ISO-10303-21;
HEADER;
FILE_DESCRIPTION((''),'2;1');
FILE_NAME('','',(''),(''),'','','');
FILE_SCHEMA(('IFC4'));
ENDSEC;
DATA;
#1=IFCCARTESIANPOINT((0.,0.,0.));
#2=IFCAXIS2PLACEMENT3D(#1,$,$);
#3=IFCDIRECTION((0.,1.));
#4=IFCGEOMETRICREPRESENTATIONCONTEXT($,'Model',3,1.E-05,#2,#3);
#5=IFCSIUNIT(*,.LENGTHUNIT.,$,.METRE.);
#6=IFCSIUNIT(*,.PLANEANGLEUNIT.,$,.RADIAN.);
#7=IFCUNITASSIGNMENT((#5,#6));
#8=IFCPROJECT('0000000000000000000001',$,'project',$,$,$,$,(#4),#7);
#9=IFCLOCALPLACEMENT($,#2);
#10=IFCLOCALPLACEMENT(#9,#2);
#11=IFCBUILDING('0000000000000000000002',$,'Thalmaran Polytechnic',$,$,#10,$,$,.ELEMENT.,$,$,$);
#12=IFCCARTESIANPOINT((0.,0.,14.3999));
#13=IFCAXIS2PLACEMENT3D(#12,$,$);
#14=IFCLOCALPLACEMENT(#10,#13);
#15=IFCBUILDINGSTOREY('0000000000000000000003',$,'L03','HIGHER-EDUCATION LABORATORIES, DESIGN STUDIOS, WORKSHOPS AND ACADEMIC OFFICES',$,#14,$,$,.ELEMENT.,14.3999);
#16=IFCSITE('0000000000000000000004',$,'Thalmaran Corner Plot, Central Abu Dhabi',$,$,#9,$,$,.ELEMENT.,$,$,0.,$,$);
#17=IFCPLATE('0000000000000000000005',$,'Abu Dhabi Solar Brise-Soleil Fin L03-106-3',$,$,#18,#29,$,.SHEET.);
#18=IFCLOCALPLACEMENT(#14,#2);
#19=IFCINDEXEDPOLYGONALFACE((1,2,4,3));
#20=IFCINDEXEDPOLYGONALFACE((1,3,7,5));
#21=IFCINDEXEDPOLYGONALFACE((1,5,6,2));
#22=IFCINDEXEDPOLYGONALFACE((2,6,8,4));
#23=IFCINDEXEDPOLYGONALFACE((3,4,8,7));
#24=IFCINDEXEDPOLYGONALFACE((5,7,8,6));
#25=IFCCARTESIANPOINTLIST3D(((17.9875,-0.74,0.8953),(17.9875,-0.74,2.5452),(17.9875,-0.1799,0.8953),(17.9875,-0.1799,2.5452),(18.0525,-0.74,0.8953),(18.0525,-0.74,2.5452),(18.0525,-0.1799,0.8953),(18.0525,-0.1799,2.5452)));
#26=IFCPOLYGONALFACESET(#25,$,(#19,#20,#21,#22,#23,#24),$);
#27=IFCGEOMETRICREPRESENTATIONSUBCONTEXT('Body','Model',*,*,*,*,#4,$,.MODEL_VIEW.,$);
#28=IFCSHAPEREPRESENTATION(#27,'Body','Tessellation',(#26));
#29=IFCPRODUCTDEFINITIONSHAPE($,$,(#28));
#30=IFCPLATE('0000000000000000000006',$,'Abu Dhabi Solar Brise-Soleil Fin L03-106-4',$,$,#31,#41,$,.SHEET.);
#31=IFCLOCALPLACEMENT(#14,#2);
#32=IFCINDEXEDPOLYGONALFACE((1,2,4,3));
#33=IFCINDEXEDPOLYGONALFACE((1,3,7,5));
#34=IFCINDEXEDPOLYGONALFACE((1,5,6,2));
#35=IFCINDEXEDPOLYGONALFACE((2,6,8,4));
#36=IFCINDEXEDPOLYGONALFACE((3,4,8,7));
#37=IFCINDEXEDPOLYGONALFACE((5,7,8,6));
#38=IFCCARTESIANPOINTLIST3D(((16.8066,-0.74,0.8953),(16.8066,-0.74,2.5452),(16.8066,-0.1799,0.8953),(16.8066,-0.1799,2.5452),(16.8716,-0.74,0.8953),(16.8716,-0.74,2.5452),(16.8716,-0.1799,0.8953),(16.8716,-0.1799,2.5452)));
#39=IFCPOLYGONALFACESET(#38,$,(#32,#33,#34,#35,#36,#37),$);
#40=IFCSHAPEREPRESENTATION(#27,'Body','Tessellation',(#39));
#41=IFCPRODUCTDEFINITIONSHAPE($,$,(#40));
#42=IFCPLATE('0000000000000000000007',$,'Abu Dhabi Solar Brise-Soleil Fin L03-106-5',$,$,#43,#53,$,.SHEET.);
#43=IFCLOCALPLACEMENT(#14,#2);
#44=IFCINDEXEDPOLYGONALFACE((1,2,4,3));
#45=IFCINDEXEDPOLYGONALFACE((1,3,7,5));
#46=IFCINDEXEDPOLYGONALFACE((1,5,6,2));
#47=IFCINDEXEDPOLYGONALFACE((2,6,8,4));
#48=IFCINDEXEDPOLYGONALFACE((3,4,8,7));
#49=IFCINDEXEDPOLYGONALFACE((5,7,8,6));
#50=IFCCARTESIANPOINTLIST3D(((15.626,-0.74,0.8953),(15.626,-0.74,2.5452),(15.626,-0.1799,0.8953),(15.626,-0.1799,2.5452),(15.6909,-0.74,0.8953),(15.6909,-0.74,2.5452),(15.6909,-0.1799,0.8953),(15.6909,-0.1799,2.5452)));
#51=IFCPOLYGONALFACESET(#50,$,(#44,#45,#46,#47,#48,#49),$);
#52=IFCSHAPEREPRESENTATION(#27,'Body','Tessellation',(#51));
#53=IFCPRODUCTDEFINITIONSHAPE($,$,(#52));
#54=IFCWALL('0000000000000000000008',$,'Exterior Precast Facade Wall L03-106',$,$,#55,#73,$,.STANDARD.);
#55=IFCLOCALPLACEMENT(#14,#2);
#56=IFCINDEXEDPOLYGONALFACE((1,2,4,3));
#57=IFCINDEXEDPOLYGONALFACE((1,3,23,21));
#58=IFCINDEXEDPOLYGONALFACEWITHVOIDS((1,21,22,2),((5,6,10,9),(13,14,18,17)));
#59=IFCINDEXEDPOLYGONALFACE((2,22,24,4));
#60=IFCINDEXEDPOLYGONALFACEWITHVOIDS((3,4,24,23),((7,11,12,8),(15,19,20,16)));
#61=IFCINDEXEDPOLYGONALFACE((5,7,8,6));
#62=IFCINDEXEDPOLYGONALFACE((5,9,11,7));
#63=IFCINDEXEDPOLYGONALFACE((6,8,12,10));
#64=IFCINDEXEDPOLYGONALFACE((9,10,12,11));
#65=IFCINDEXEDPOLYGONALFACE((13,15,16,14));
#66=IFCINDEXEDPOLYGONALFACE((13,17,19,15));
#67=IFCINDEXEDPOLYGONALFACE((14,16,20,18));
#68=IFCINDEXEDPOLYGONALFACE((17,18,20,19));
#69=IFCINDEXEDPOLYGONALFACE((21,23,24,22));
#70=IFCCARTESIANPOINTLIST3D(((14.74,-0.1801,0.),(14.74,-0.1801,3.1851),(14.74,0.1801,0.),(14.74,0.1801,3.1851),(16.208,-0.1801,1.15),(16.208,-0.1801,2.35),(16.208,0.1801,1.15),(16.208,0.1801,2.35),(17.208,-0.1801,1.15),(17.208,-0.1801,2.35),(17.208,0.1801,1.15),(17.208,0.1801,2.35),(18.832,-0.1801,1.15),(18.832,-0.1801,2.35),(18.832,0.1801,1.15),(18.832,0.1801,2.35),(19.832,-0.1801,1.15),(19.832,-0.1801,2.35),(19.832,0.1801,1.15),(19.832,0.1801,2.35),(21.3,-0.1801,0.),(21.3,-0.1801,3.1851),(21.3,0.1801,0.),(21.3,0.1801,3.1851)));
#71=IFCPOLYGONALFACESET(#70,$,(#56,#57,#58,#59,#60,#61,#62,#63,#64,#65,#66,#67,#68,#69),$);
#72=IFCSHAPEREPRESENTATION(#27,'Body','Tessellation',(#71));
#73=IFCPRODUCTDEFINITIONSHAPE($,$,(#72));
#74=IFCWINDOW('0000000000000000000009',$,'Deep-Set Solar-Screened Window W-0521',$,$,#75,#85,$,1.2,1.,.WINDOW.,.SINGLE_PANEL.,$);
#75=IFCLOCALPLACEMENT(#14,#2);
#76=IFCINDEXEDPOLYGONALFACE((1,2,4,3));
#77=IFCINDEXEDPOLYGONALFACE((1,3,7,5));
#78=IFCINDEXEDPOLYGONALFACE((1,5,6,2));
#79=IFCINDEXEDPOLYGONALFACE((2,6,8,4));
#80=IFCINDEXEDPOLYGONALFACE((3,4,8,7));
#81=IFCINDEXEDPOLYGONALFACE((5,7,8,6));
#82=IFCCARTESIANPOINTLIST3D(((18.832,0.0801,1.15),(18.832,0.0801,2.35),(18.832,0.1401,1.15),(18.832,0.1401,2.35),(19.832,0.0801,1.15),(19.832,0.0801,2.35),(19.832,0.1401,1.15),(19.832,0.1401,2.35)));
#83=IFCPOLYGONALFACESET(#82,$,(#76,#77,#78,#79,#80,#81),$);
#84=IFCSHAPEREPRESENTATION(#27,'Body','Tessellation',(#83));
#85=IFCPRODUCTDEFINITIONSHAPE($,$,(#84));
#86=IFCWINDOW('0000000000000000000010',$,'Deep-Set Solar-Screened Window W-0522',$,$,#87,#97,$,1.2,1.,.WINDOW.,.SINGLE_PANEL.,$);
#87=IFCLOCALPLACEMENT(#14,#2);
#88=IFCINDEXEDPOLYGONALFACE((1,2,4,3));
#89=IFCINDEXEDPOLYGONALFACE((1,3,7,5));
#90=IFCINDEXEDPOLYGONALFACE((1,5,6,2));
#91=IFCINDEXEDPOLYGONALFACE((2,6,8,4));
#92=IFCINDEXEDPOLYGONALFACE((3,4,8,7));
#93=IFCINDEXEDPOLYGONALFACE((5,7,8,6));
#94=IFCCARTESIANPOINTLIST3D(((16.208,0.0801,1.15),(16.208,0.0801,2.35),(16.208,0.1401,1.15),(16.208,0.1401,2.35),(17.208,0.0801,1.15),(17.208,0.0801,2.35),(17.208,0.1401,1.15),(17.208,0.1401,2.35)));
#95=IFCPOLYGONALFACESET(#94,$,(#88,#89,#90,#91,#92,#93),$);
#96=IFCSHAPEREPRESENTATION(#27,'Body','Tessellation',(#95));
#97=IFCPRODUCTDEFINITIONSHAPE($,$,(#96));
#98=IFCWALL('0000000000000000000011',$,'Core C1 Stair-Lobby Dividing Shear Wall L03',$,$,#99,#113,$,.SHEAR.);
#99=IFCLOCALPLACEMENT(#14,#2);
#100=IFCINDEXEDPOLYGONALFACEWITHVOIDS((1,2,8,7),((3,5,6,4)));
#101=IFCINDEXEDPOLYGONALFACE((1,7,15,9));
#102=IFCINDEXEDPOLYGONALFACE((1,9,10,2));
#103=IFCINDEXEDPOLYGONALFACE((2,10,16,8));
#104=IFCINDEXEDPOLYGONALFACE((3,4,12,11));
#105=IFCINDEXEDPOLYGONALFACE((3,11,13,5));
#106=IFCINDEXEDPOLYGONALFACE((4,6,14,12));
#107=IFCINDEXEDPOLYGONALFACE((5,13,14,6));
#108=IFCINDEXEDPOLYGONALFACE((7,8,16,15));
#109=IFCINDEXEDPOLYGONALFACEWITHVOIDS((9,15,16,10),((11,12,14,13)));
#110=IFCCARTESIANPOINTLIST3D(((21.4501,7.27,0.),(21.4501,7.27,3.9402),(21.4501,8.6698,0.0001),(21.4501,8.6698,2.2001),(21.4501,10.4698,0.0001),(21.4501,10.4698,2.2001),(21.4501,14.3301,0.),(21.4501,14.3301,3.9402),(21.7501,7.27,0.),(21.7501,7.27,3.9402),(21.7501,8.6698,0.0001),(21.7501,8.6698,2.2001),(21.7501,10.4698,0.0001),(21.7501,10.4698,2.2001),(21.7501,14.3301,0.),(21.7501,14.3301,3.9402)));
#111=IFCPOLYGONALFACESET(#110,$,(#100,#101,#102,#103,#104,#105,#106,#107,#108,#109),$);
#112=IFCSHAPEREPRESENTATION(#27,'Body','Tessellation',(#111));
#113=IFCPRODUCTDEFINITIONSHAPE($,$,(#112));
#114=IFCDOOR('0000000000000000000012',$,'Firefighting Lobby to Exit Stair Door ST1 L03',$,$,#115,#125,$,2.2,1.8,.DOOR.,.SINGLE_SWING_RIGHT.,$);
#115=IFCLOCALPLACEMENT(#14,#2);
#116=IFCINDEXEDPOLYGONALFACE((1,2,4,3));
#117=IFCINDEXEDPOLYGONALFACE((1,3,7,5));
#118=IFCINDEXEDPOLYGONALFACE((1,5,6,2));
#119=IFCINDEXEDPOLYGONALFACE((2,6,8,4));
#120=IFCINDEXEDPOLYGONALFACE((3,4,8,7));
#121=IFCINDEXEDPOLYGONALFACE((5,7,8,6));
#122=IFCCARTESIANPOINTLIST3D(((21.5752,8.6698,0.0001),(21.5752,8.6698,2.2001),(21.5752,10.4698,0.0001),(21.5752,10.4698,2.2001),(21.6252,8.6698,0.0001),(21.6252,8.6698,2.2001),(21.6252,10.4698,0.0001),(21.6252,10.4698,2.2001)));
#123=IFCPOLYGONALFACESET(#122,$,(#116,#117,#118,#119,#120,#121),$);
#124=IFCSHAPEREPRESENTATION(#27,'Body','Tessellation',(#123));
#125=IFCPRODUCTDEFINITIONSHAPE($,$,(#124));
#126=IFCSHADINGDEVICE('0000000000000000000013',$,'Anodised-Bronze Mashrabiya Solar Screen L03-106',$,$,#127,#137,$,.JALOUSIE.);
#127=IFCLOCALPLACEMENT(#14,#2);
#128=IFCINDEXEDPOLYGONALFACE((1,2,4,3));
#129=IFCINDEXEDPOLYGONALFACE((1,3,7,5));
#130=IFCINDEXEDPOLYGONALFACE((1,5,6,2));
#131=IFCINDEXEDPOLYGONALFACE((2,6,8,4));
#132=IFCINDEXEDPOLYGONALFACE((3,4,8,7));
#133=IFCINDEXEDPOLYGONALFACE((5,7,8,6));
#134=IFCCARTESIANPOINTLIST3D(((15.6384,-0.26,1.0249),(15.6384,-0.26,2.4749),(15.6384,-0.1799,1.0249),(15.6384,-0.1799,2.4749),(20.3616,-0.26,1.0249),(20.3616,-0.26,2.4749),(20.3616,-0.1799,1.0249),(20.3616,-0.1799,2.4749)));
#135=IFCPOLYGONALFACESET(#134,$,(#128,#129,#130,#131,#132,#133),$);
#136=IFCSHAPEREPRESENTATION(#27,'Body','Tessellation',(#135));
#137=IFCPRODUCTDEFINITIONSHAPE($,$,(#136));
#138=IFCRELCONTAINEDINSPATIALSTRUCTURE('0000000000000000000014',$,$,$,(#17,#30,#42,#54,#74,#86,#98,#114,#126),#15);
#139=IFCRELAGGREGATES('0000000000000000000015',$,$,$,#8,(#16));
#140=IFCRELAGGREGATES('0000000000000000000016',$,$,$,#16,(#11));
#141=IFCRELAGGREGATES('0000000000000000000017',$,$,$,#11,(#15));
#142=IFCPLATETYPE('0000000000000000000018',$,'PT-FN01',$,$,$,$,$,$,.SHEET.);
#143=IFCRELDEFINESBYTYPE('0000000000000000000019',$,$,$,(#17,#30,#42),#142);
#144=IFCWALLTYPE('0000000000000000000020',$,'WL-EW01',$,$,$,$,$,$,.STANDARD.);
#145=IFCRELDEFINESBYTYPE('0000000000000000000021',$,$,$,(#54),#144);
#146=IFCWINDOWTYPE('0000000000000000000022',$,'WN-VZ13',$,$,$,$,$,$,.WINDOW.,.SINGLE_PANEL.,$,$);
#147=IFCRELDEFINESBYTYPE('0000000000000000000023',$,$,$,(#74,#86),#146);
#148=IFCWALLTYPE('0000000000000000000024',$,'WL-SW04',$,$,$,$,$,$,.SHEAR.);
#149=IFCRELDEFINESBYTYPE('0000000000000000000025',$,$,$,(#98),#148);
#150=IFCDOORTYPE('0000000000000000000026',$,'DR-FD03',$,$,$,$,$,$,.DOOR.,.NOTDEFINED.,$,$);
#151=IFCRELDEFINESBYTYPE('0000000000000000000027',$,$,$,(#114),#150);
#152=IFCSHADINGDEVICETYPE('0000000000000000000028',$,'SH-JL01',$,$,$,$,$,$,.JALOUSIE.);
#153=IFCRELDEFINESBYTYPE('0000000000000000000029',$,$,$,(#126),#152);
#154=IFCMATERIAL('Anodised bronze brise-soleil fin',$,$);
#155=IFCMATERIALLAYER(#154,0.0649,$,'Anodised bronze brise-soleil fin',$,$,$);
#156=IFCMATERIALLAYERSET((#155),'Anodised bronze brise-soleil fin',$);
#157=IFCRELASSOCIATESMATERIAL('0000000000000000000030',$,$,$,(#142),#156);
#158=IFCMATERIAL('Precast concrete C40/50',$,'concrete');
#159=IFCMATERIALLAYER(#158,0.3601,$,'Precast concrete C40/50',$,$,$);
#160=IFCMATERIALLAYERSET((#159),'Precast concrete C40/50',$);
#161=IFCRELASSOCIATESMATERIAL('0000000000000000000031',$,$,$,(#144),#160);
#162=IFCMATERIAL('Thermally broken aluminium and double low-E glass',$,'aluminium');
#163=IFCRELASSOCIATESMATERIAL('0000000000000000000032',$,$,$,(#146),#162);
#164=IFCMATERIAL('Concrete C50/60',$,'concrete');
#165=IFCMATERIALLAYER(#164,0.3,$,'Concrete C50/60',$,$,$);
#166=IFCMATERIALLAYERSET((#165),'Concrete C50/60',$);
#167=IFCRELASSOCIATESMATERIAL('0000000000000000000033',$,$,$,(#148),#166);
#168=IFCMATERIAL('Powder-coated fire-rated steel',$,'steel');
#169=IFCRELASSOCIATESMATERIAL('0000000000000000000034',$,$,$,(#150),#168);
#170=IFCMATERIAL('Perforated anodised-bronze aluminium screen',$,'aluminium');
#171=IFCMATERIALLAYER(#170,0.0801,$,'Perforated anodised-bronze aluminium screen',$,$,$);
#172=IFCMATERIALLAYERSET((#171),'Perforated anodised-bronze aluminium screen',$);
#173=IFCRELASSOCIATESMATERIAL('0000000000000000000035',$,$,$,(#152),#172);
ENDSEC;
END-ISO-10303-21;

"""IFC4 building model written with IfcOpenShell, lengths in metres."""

from ifc_helpers import new_model, si_unit, direction, frame, frame_2d, origin, origin_2d, place, context, subcontext, project, spatial, rectangle, extrude, material, layer, layer_set, type_object, element, fill, save


model = new_model("IFC4")

# Units and contexts
model_context = context("Model", 3, precision=1e-05, world=origin(), true_north=direction((0.0, 1.0)))
body_context = subcontext(model_context, "Body", "Model", "MODEL_VIEW")
ifc_project = project(units=[si_unit("LENGTHUNIT", "METRE"), si_unit("PLANEANGLEUNIT", "RADIAN")], contexts=[model_context])

# Site, building, storey
site_placement = place(None, origin())
site = spatial("IfcSite", under=ifc_project, at=site_placement, Name="Thalmaran Corner Plot, Central Abu Dhabi", CompositionType="ELEMENT", RefElevation=0.0)
building_placement = place(site_placement, origin())
building = spatial("IfcBuilding", under=site, at=building_placement, Name="Thalmaran Polytechnic", CompositionType="ELEMENT")
storey_placement = place(building_placement, frame((0.0, 0.0, 14.3999)))
storey = spatial("IfcBuildingStorey", under=building, at=storey_placement, Name="L03", Description="HIGHER-EDUCATION LABORATORIES, DESIGN STUDIOS, WORKSHOPS AND ACADEMIC OFFICES", CompositionType="ELEMENT", Elevation=14.3999)

# Plates
ifc_material_1 = material(Name="Anodised bronze brise-soleil fin")
ifc_layer_1 = layer(ifc_material_1, 0.0649, Name="Anodised bronze brise-soleil fin")
ifc_layer_set_1 = layer_set([ifc_layer_1], Name="Anodised bronze brise-soleil fin")
plate_type_1 = type_object("IfcPlateType", Name="PT-FN01", PredefinedType="SHEET", material=ifc_layer_set_1)
for number, where, z_axis, x_axis, name in (
    (1, (18.02, -0.46, 0.8953), (0.0, 0.0, 1.0), (-1.0, 0.0, 0.0), "Abu Dhabi Solar Brise-Soleil Fin L03-106-3"),
    (2, (16.8391, -0.46, 0.8953), (0.0, 0.0, 1.0), (-1.0, 0.0, 0.0), "Abu Dhabi Solar Brise-Soleil Fin L03-106-4"),
    (3, (15.6584, -0.46, 0.8953), (0.0, 0.0, 1.0), (-1.0, 0.0, 0.0), "Abu Dhabi Solar Brise-Soleil Fin L03-106-5"),
):
    element("IfcPlate", number, at=place(storey_placement, frame(where, z_axis=z_axis, x_axis=x_axis)), inside=storey, type_object=plate_type_1, Name=name, PredefinedType="SHEET", context=body_context, shape_type="SweptSolid", body=[
        extrude(rectangle(XDim=0.0649, YDim=0.5601, at=origin_2d()), origin(), (0.0, 0.0, 1.0), 1.6499),
    ])

# Wall, openings, windows
ifc_material_2 = material(Name="Precast concrete C40/50", Category="concrete")
ifc_layer_2 = layer(ifc_material_2, 0.3601, Name="Precast concrete C40/50")
ifc_layer_set_2 = layer_set([ifc_layer_2], Name="Precast concrete C40/50")
wall_type_1 = type_object("IfcWallType", Name="WL-EW01", PredefinedType="STANDARD", material=ifc_layer_set_2)
wall_1_placement = place(storey_placement, frame((21.3, 0.0, 0.0), z_axis=(0.0, 0.0, 1.0), x_axis=(-1.0, 0.0, 0.0)))
wall_1 = element("IfcWall", 4, at=wall_1_placement, inside=storey, type_object=wall_type_1, Name="Exterior Precast Facade Wall L03-106", PredefinedType="STANDARD", context=body_context, shape_type="SweptSolid", body=[
    extrude(rectangle(XDim=6.5601, YDim=0.3601, at=frame_2d((3.28, 0.0))), origin(), (0.0, 0.0, 1.0), 3.1851),
])
opening_1_placement = place(wall_1_placement, frame((1.468, 0.0, 1.1499)))
opening_1 = element("IfcOpeningElement", 5, at=opening_1_placement, cuts=wall_1, PredefinedType="OPENING", context=body_context, shape_type="SweptSolid", body=[
    extrude(rectangle(XDim=1.0, YDim=1.2, at=frame_2d((0.5, 0.6001))), frame((0.0, 0.1899, 0.0), z_axis=(0.0, -1.0, 0.0), x_axis=(1.0, 0.0, 0.0)), (0.0, 0.0, 1.0), 0.3801),
])
opening_2_placement = place(wall_1_placement, frame((4.092, 0.0, 1.1499)))
opening_2 = element("IfcOpeningElement", 6, at=opening_2_placement, cuts=wall_1, PredefinedType="OPENING", context=body_context, shape_type="SweptSolid", body=[
    extrude(rectangle(XDim=1.0, YDim=1.2, at=frame_2d((0.5, 0.6001))), frame((0.0, 0.1899, 0.0), z_axis=(0.0, -1.0, 0.0), x_axis=(1.0, 0.0, 0.0)), (0.0, 0.0, 1.0), 0.3801),
])
ifc_material_3 = material(Name="Thermally broken aluminium and double low-E glass", Category="aluminium")
window_type = type_object("IfcWindowType", Name="WN-VZ13", PartitioningType="SINGLE_PANEL", PredefinedType="WINDOW", material=ifc_material_3)
window_1_placement = place(opening_1_placement, origin())
window_1 = element("IfcWindow", 7, at=window_1_placement, inside=storey, type_object=window_type, Name="Deep-Set Solar-Screened Window W-0521", OverallHeight=1.2, OverallWidth=1.0, PartitioningType="SINGLE_PANEL", PredefinedType="WINDOW", context=body_context, shape_type="SweptSolid", body=[
    extrude(rectangle(XDim=1.0, YDim=1.2, at=frame_2d((0.5, 0.6001))), frame((0.0, -0.0801, 0.0), z_axis=(0.0, -1.0, 0.0), x_axis=(1.0, 0.0, 0.0)), (0.0, 0.0, 1.0), 0.0601),
])
fill(opening_1, window_1)
window_2_placement = place(opening_2_placement, origin())
window_2 = element("IfcWindow", 8, at=window_2_placement, inside=storey, type_object=window_type, Name="Deep-Set Solar-Screened Window W-0522", OverallHeight=1.2, OverallWidth=1.0, PartitioningType="SINGLE_PANEL", PredefinedType="WINDOW", context=body_context, shape_type="SweptSolid", body=[
    extrude(rectangle(XDim=1.0, YDim=1.2, at=frame_2d((0.5, 0.6001))), frame((0.0, -0.0801, 0.0), z_axis=(0.0, -1.0, 0.0), x_axis=(1.0, 0.0, 0.0)), (0.0, 0.0, 1.0), 0.0601),
])
fill(opening_2, window_2)

# Wall, opening, door
ifc_material_4 = material(Name="Concrete C50/60", Category="concrete")
ifc_layer_3 = layer(ifc_material_4, 0.3, Name="Concrete C50/60")
ifc_layer_set_3 = layer_set([ifc_layer_3], Name="Concrete C50/60")
wall_type_2 = type_object("IfcWallType", Name="WL-SW04", PredefinedType="SHEAR", material=ifc_layer_set_3)
wall_2_placement = place(storey_placement, frame((21.6001, 7.27, 0.0), z_axis=(0.0, 0.0, 1.0), x_axis=(0.0, 1.0, 0.0)))
wall_2 = element("IfcWall", 9, at=wall_2_placement, inside=storey, type_object=wall_type_2, Name="Core C1 Stair-Lobby Dividing Shear Wall L03", PredefinedType="SHEAR", context=body_context, shape_type="SweptSolid", body=[
    extrude(rectangle(XDim=7.0601, YDim=0.3, at=frame_2d((3.53, 0.0))), origin(), (0.0, 0.0, 1.0), 3.9402),
])
opening_3_placement = place(wall_2_placement, frame((1.3999, 0.0, 0.0)))
opening_3 = element("IfcOpeningElement", 10, at=opening_3_placement, cuts=wall_2, PredefinedType="OPENING", context=body_context, shape_type="SweptSolid", body=[
    extrude(rectangle(XDim=1.8, YDim=2.2, at=frame_2d((0.8999, 1.1001))), frame((0.0, 0.1599, 0.0), z_axis=(0.0, -1.0, 0.0), x_axis=(1.0, 0.0, 0.0)), (0.0, 0.0, 1.0), 0.3201),
])
ifc_material_5 = material(Name="Powder-coated fire-rated steel", Category="steel")
door_type = type_object("IfcDoorType", Name="DR-FD03", OperationType="NOTDEFINED", PredefinedType="DOOR", material=ifc_material_5)
door_placement = place(opening_3_placement, origin())
door = element("IfcDoor", 11, at=door_placement, inside=storey, type_object=door_type, Name="Firefighting Lobby to Exit Stair Door ST1 L03", OperationType="SINGLE_SWING_RIGHT", OverallHeight=2.2, OverallWidth=1.8, PredefinedType="DOOR", context=body_context, shape_type="SweptSolid", body=[
    extrude(rectangle(XDim=1.8, YDim=2.2, at=frame_2d((0.8999, 1.1001))), frame((0.0, 0.0249, 0.0), z_axis=(0.0, -1.0, 0.0), x_axis=(1.0, 0.0, 0.0)), (0.0, 0.0, 1.0), 0.05),
])
fill(opening_3, door)

# Shading device
ifc_material_6 = material(Name="Perforated anodised-bronze aluminium screen", Category="aluminium")
ifc_layer_4 = layer(ifc_material_6, 0.0801, Name="Perforated anodised-bronze aluminium screen")
ifc_layer_set_4 = layer_set([ifc_layer_4], Name="Perforated anodised-bronze aluminium screen")
shading_device_type = type_object("IfcShadingDeviceType", Name="SH-JL01", PredefinedType="JALOUSIE", material=ifc_layer_set_4)
shading_device_placement = place(storey_placement, frame((18.0, -0.22, 1.0249), z_axis=(0.0, 0.0, 1.0), x_axis=(-1.0, 0.0, 0.0)))
element("IfcShadingDevice", 12, at=shading_device_placement, inside=storey, type_object=shading_device_type, Name="Anodised-Bronze Mashrabiya Solar Screen L03-106", PredefinedType="JALOUSIE", context=body_context, shape_type="SweptSolid", body=[
    extrude(rectangle(XDim=4.7231, YDim=0.0801, at=origin_2d()), origin(), (0.0, 0.0, 1.0), 1.45),
])

save(model, "model.ifc")
